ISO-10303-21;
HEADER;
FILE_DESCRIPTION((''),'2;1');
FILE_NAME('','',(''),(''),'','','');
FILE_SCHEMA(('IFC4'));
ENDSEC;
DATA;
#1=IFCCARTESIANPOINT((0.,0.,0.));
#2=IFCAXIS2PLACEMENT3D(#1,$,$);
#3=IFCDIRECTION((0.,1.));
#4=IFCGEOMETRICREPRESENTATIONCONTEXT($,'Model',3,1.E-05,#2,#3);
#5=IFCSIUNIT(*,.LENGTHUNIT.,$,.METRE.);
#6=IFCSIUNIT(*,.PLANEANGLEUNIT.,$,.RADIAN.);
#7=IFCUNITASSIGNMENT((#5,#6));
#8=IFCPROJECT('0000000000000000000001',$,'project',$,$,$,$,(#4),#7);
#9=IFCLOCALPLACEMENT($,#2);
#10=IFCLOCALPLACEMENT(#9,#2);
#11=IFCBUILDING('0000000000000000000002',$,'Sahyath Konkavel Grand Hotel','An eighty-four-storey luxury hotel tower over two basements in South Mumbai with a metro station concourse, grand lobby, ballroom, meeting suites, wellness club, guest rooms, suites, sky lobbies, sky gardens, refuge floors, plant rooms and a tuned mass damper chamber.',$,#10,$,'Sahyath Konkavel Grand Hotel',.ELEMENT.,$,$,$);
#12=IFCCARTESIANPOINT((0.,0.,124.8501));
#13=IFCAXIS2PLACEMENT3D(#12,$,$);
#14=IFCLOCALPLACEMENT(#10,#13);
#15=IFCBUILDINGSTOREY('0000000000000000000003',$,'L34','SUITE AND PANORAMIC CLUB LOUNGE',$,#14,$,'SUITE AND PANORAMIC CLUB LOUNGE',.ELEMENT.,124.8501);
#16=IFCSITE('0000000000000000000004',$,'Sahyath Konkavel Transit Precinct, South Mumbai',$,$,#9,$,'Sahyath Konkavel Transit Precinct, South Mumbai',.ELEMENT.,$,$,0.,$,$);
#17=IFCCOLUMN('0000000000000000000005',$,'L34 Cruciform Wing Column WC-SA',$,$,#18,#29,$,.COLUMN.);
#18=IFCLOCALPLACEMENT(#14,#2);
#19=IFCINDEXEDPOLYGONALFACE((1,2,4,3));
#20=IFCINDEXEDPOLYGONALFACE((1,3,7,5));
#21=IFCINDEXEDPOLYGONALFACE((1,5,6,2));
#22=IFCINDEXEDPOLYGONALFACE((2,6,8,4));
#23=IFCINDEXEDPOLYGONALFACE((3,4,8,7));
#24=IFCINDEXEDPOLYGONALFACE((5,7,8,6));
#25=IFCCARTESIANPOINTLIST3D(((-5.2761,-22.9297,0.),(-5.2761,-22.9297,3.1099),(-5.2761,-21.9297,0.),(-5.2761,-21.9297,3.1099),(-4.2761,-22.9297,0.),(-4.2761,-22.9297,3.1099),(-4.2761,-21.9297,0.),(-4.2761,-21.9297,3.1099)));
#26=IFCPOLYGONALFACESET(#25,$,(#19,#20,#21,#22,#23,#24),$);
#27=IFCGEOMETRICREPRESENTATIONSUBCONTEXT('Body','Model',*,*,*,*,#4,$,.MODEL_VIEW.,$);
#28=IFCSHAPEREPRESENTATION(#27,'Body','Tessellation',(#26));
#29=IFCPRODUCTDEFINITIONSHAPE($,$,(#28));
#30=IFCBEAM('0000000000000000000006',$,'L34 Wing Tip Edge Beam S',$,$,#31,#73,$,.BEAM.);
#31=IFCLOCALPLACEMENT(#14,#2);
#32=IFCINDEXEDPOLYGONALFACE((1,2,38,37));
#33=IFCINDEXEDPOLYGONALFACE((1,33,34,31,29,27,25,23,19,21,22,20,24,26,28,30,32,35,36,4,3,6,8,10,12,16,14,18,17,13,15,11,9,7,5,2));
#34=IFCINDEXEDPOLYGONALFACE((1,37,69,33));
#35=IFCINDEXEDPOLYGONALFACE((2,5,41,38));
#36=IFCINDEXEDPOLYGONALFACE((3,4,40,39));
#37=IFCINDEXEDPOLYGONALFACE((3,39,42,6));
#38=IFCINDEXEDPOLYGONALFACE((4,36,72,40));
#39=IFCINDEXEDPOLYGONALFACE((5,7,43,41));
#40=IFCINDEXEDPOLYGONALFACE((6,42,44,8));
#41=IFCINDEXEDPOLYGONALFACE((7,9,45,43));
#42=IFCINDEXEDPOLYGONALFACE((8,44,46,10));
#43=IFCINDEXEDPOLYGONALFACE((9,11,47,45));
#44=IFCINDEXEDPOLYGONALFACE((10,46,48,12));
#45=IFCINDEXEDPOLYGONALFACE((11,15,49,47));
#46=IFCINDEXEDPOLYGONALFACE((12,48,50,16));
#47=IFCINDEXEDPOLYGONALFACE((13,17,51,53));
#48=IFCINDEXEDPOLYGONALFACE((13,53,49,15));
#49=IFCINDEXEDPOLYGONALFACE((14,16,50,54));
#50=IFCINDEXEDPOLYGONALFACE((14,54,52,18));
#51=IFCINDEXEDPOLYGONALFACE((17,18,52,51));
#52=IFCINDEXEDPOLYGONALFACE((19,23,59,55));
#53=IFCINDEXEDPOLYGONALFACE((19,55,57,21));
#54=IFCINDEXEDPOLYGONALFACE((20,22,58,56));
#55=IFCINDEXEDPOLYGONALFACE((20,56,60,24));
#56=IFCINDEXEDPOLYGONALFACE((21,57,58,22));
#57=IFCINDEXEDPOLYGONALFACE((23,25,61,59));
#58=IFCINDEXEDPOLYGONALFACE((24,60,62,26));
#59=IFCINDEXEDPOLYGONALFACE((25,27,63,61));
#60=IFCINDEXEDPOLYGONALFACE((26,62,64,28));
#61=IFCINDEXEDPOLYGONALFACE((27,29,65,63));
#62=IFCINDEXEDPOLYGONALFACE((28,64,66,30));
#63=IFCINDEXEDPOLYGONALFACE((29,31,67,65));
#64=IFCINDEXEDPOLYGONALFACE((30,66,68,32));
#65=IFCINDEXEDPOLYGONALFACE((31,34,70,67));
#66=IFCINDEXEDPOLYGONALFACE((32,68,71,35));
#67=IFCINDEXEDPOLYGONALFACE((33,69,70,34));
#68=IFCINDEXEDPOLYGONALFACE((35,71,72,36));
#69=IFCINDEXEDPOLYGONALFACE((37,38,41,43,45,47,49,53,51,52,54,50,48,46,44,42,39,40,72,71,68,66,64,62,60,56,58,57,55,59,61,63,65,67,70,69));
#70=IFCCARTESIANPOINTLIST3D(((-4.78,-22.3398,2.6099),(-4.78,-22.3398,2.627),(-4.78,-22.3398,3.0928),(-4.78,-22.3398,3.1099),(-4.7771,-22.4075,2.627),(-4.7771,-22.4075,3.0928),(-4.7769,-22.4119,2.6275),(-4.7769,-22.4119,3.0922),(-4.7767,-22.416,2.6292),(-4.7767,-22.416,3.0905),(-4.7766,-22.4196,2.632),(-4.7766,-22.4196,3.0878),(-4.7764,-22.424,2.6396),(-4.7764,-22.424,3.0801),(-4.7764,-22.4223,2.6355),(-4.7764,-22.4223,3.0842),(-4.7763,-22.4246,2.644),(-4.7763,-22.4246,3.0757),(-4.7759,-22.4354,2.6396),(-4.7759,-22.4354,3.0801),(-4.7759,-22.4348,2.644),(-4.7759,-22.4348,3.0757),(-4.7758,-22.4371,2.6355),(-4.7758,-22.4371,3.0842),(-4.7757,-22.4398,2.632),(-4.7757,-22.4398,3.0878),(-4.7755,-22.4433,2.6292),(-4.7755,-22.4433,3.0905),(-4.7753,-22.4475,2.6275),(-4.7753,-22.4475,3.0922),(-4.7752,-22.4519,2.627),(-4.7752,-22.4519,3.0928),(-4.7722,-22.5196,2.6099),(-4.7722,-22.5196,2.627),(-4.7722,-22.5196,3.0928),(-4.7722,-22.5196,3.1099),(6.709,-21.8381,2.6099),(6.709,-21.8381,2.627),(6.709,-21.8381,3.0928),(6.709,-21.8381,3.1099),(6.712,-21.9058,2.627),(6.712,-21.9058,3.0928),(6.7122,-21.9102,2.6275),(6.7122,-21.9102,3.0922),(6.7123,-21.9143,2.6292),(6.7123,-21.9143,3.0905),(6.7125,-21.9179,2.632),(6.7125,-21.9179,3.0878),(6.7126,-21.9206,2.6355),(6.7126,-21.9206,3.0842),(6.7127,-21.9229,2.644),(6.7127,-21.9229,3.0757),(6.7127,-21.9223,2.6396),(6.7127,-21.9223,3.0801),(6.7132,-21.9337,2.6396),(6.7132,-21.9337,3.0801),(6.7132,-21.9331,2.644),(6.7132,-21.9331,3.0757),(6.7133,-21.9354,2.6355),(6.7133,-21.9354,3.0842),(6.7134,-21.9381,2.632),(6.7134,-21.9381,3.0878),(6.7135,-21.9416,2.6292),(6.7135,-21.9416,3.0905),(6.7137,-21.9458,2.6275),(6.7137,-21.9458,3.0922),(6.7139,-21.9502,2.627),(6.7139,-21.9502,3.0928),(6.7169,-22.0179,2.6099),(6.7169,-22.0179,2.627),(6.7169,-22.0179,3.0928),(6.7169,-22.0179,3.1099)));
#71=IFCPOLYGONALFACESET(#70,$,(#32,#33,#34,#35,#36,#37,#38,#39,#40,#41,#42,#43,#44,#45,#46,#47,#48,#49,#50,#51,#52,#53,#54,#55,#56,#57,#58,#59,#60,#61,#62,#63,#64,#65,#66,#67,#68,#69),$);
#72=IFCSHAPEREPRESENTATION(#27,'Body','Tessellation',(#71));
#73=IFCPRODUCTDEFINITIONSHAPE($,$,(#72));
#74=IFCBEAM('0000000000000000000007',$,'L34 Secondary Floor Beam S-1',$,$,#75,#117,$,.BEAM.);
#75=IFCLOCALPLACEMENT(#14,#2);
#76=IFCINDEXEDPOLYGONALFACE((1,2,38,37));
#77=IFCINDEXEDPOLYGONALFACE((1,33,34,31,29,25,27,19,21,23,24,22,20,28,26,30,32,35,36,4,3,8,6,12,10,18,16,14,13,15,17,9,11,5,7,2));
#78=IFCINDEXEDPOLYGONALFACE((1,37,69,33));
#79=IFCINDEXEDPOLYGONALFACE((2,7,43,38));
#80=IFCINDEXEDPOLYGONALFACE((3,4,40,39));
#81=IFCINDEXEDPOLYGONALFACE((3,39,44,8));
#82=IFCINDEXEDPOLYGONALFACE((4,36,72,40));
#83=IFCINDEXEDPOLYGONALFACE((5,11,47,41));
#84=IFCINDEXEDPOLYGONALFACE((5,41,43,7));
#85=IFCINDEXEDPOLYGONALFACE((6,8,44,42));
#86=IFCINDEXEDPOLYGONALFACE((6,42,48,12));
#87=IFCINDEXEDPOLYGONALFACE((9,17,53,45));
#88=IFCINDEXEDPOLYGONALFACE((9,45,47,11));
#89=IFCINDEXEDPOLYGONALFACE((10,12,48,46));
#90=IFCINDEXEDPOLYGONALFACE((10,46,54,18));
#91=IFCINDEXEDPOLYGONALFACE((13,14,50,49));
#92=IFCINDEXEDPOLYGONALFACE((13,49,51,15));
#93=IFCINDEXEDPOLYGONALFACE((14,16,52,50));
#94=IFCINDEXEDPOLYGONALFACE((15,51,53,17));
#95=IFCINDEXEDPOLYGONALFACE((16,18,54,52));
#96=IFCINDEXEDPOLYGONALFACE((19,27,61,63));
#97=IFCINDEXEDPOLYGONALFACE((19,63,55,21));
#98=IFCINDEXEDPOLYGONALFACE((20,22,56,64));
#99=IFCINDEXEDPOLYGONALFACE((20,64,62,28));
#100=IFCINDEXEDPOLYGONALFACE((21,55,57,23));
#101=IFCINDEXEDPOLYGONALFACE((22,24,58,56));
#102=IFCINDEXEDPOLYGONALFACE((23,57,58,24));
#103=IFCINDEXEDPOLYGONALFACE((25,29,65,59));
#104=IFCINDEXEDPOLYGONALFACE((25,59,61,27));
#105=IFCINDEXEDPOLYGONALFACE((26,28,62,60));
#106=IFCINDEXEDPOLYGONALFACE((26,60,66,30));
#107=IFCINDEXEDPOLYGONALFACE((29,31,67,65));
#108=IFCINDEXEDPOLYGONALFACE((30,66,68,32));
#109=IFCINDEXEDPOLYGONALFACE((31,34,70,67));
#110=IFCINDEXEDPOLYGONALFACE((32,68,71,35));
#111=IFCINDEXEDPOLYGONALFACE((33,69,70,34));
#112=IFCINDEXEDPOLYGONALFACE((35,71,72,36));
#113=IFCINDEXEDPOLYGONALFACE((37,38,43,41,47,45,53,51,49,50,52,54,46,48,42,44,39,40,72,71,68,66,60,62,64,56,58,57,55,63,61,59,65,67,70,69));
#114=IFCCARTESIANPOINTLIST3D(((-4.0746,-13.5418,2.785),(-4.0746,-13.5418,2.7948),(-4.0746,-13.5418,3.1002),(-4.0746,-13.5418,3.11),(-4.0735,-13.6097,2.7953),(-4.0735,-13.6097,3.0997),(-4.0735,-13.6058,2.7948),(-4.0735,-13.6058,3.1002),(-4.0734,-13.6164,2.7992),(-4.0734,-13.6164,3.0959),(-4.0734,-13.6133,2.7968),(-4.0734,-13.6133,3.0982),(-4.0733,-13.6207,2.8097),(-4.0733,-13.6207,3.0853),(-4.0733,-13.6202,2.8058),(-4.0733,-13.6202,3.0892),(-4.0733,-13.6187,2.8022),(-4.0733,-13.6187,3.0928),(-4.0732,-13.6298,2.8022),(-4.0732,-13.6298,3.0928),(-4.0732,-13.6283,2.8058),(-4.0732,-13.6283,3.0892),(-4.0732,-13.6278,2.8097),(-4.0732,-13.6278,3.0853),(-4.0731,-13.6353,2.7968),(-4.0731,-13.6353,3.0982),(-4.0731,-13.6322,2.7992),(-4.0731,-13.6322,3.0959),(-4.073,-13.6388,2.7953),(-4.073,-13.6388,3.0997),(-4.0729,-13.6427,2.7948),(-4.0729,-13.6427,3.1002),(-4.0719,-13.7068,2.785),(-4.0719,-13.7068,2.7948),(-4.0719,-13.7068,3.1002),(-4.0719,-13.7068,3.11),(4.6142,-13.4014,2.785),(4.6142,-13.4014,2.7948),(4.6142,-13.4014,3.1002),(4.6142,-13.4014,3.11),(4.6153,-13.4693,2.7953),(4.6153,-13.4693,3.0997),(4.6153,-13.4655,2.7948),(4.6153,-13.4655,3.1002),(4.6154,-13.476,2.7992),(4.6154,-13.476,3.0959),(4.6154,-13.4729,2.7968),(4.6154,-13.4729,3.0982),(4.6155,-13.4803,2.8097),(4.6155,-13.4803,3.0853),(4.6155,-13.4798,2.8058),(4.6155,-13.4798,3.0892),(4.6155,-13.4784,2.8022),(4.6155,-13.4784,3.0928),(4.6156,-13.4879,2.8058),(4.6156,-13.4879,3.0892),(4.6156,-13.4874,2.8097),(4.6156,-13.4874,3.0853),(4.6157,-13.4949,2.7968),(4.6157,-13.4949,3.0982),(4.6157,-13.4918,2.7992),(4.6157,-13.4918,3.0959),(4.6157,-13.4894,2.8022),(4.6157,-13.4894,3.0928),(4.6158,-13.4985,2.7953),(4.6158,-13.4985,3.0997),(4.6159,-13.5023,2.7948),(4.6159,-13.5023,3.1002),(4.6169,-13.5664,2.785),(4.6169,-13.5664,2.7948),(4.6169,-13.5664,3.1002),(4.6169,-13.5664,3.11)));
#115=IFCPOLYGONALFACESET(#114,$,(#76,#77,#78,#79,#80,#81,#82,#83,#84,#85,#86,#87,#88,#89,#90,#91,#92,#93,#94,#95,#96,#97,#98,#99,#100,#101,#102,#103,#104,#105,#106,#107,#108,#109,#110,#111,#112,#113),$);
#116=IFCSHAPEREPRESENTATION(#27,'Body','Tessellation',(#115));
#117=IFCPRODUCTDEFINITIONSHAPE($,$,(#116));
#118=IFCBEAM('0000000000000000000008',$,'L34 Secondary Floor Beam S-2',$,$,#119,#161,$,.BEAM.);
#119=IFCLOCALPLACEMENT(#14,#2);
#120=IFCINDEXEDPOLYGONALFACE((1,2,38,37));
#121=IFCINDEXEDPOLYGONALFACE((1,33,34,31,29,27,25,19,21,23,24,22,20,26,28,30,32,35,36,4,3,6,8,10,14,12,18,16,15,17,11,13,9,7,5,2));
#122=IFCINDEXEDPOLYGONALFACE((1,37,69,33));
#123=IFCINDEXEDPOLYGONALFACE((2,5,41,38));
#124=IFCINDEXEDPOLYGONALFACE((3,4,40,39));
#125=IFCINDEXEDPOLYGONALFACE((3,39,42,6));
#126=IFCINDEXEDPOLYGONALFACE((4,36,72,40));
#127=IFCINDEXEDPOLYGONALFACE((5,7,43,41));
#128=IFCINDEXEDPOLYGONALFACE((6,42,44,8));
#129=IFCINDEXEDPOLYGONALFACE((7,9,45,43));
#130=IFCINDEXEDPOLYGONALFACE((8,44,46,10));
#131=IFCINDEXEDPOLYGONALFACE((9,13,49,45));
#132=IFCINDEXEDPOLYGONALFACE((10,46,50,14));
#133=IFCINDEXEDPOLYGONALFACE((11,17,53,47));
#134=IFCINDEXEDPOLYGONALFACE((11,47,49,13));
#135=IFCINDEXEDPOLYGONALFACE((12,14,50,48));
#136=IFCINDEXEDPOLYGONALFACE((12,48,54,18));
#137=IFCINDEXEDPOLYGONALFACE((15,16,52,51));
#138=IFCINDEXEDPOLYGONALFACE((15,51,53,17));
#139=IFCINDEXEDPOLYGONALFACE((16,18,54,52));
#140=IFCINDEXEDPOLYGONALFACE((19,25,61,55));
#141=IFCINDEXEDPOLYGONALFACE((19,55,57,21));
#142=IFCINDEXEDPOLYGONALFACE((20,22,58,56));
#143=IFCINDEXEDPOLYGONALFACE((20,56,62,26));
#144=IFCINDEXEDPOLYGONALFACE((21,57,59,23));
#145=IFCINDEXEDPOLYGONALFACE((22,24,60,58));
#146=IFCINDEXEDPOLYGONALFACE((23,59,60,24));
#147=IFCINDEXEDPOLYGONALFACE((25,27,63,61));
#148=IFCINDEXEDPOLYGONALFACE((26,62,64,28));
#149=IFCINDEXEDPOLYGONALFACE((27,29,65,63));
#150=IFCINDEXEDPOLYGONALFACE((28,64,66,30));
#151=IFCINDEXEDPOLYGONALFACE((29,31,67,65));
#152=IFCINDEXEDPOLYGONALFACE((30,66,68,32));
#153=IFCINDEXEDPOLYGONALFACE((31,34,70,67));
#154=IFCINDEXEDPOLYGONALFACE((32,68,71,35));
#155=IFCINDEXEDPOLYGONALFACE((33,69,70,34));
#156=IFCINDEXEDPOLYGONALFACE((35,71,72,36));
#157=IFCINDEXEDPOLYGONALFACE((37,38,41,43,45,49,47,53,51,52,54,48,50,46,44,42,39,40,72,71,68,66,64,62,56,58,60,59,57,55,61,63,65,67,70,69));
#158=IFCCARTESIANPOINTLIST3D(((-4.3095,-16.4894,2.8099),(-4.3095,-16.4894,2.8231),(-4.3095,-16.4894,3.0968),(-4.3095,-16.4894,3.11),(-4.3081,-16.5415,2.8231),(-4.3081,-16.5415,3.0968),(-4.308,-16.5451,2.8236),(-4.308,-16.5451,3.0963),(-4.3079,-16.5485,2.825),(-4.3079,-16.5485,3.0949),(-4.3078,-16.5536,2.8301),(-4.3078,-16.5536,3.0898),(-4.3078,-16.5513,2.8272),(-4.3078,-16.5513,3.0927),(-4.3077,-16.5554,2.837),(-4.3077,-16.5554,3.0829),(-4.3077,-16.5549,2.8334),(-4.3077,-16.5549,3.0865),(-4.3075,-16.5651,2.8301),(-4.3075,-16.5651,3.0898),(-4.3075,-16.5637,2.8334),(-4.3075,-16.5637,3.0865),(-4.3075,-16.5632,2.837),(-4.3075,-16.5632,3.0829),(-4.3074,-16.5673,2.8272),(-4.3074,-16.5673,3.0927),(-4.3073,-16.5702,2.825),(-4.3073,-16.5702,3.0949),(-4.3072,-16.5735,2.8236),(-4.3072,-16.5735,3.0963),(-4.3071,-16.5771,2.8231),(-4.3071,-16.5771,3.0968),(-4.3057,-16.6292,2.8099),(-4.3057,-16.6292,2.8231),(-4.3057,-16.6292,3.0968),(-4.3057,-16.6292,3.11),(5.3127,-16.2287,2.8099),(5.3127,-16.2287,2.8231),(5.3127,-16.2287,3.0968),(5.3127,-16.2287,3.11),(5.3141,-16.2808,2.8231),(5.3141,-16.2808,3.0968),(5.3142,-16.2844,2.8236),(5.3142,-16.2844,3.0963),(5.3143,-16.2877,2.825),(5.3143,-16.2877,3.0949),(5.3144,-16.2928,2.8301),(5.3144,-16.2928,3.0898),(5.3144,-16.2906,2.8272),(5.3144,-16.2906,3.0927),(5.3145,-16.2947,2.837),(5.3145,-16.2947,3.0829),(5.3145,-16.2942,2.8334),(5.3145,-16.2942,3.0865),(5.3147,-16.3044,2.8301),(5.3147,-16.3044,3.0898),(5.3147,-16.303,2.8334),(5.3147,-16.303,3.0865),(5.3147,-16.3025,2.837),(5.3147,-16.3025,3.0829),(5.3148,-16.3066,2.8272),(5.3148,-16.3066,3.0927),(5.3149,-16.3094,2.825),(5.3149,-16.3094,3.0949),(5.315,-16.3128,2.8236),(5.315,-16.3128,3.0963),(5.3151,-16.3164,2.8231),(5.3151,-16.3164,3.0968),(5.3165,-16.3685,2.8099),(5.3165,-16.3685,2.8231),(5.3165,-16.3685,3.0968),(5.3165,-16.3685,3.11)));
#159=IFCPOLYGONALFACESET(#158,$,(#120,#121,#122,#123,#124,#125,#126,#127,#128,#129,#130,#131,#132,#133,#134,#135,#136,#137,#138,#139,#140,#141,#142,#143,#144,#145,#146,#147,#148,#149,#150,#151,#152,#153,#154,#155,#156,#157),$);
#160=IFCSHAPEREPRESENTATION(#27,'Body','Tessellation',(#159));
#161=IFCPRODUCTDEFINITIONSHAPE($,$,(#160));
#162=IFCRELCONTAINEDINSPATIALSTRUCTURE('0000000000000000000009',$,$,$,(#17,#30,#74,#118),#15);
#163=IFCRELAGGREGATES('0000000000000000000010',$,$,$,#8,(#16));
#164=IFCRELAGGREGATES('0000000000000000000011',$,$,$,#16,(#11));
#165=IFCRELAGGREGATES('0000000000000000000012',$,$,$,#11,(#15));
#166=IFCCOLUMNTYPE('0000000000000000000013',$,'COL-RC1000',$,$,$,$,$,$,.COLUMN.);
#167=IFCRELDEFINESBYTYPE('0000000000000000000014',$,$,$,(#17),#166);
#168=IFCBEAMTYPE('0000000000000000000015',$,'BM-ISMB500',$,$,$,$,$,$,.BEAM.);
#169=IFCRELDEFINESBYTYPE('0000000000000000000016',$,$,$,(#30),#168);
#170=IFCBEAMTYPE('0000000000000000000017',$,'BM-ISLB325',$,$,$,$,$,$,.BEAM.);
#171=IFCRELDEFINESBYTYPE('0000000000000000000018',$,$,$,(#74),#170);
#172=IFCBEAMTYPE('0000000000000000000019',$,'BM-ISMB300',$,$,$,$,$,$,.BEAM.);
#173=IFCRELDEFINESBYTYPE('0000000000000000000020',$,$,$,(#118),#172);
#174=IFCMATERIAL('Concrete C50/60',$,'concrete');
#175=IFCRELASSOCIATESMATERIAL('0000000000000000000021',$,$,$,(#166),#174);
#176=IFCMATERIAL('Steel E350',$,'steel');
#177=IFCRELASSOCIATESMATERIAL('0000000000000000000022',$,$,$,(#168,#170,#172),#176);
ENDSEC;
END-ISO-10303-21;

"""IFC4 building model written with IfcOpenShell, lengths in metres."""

from ifc_helpers import new_model, si_unit, direction, frame, origin, origin_2d, place, context, subcontext, project, spatial, rectangle, i_section, extrude, source, transform, mapped, material, material_profile, profile_set, type_object, element, save


model = new_model("IFC4")

# Units and contexts
model_context = context("Model", 3, precision=1e-05, world=origin(), true_north=direction((0.0, 1.0)))
body_context = subcontext(model_context, "Body", "Model", "MODEL_VIEW")
ifc_project = project(units=[si_unit("LENGTHUNIT", "METRE"), si_unit("PLANEANGLEUNIT", "RADIAN")], contexts=[model_context])

# Site, building, storey
site_placement = place(None, origin())
site = spatial("IfcSite", under=ifc_project, at=site_placement, Name="Sahyath Konkavel Transit Precinct, South Mumbai", LongName="Sahyath Konkavel Transit Precinct, South Mumbai", CompositionType="ELEMENT", RefElevation=0.0)
building_placement = place(site_placement, origin())
building = spatial("IfcBuilding", under=site, at=building_placement, Name="Sahyath Konkavel Grand Hotel", Description="An eighty-four-storey luxury hotel tower over two basements in South Mumbai with a metro station concourse, grand lobby, ballroom, meeting suites, wellness club, guest rooms, suites, sky lobbies, sky gardens, refuge floors, plant rooms and a tuned mass damper chamber.", LongName="Sahyath Konkavel Grand Hotel", CompositionType="ELEMENT")
storey_placement = place(building_placement, frame((0.0, 0.0, 124.8501)))
storey = spatial("IfcBuildingStorey", under=building, at=storey_placement, Name="L34", Description="SUITE AND PANORAMIC CLUB LOUNGE", LongName="SUITE AND PANORAMIC CLUB LOUNGE", CompositionType="ELEMENT", Elevation=124.8501)

# Column
ifc_material_1 = material(Name="Concrete C50/60", Category="concrete")
ifc_material_profile_1 = material_profile(ifc_material_1, rectangle(XDim=1.0, YDim=1.0, at=origin_2d()), Name="RC 1000x1000")
ifc_profile_set_1 = profile_set([ifc_material_profile_1], Name="Concrete C50/60")
column_type = type_object("IfcColumnType", Name="COL-RC1000", PredefinedType="COLUMN", material=ifc_profile_set_1)
shared_shape_1 = source(origin(), body_context, "Body", "SweptSolid", [
    extrude(rectangle(XDim=1.0, YDim=1.0, at=origin_2d()), origin(), (0.0, 0.0, 1.0), 3.1099),
])
column_placement = place(storey_placement, frame((-4.7761, -22.4297, 0.0), z_axis=(0.0, 0.0, 1.0), x_axis=(1.0, 0.0, 0.0)))
element("IfcColumn", 1, at=column_placement, inside=storey, type_object=column_type, Name="L34 Cruciform Wing Column WC-SA", PredefinedType="COLUMN", context=body_context, shape_type="MappedRepresentation", body=[
    mapped(shared_shape_1, transform((0.0, 0.0, 0.0), scale=1.0)),
])

# Beams
ifc_material_2 = material(Name="Steel E350", Category="steel")
ifc_material_profile_2 = material_profile(ifc_material_2, i_section(OverallWidth=0.1799, OverallDepth=0.5, WebThickness=0.0103, FlangeThickness=0.0171, FilletRadius=0.0171, at=origin_2d()), Name="ISMB 500")
ifc_profile_set_2 = profile_set([ifc_material_profile_2], Name="Steel E350")
beam_type_1 = type_object("IfcBeamType", Name="BM-ISMB500", PredefinedType="BEAM", material=ifc_profile_set_2)
shared_shape_2 = source(origin(), body_context, "Body", "SweptSolid", [
    extrude(i_section(OverallWidth=0.1799, OverallDepth=0.5, WebThickness=0.0103, FlangeThickness=0.0171, FilletRadius=0.0171, at=origin_2d()), origin(), (0.0, 0.0, 1.0), 11.5),
])
beam_1_placement = place(storey_placement, frame((-4.7761, -22.4297, 2.8599), z_axis=(0.999048, 0.043627, 0.0), x_axis=(-0.043627, 0.999048, 0.0)))
element("IfcBeam", 2, at=beam_1_placement, inside=storey, type_object=beam_type_1, Name="L34 Wing Tip Edge Beam S", PredefinedType="BEAM", context=body_context, shape_type="MappedRepresentation", body=[
    mapped(shared_shape_2, transform((0.0, 0.0, 0.0), scale=1.0)),
])
ifc_material_profile_3 = material_profile(ifc_material_2, i_section(OverallWidth=0.165, OverallDepth=0.325, WebThickness=0.0071, FlangeThickness=0.0098, FilletRadius=0.0149, at=origin_2d()), Name="ISLB 325")
ifc_profile_set_3 = profile_set([ifc_material_profile_3], Name="Steel E350")
beam_type_2 = type_object("IfcBeamType", Name="BM-ISLB325", PredefinedType="BEAM", material=ifc_profile_set_3)
shared_shape_3 = source(origin(), body_context, "Body", "SweptSolid", [
    extrude(i_section(OverallWidth=0.165, OverallDepth=0.325, WebThickness=0.0071, FlangeThickness=0.0098, FilletRadius=0.0149, at=origin_2d()), origin(), (0.0, 0.0, 1.0), 8.6899),
])
beam_2_placement = place(storey_placement, frame((-4.0732, -13.6243, 2.9475), z_axis=(0.99987, 0.016155, 0.0), x_axis=(-0.016155, 0.99987, 0.0)))
element("IfcBeam", 3, at=beam_2_placement, inside=storey, type_object=beam_type_2, Name="L34 Secondary Floor Beam S-1", PredefinedType="BEAM", context=body_context, shape_type="MappedRepresentation", body=[
    mapped(shared_shape_3, transform((0.0, 0.0, 0.0), scale=1.0)),
])
ifc_material_profile_4 = material_profile(ifc_material_2, i_section(OverallWidth=0.1399, OverallDepth=0.3, WebThickness=0.0078, FlangeThickness=0.0132, FilletRadius=0.0139, at=origin_2d()), Name="ISMB 300")
ifc_profile_set_4 = profile_set([ifc_material_profile_4], Name="Steel E350")
beam_type_3 = type_object("IfcBeamType", Name="BM-ISMB300", PredefinedType="BEAM", material=ifc_profile_set_4)
shared_shape_4 = source(origin(), body_context, "Body", "SweptSolid", [
    extrude(i_section(OverallWidth=0.1399, OverallDepth=0.3, WebThickness=0.0078, FlangeThickness=0.0132, FilletRadius=0.0139, at=origin_2d()), origin(), (0.0, 0.0, 1.0), 9.6257),
])
beam_3_placement = place(storey_placement, frame((-4.3076, -16.5593, 2.96), z_axis=(0.999633, 0.027088, 0.0), x_axis=(-0.027088, 0.999633, 0.0)))
element("IfcBeam", 4, at=beam_3_placement, inside=storey, type_object=beam_type_3, Name="L34 Secondary Floor Beam S-2", PredefinedType="BEAM", context=body_context, shape_type="MappedRepresentation", body=[
    mapped(shared_shape_4, transform((0.0, 0.0, 0.0), scale=1.0)),
])

save(model, "model.ifc")
